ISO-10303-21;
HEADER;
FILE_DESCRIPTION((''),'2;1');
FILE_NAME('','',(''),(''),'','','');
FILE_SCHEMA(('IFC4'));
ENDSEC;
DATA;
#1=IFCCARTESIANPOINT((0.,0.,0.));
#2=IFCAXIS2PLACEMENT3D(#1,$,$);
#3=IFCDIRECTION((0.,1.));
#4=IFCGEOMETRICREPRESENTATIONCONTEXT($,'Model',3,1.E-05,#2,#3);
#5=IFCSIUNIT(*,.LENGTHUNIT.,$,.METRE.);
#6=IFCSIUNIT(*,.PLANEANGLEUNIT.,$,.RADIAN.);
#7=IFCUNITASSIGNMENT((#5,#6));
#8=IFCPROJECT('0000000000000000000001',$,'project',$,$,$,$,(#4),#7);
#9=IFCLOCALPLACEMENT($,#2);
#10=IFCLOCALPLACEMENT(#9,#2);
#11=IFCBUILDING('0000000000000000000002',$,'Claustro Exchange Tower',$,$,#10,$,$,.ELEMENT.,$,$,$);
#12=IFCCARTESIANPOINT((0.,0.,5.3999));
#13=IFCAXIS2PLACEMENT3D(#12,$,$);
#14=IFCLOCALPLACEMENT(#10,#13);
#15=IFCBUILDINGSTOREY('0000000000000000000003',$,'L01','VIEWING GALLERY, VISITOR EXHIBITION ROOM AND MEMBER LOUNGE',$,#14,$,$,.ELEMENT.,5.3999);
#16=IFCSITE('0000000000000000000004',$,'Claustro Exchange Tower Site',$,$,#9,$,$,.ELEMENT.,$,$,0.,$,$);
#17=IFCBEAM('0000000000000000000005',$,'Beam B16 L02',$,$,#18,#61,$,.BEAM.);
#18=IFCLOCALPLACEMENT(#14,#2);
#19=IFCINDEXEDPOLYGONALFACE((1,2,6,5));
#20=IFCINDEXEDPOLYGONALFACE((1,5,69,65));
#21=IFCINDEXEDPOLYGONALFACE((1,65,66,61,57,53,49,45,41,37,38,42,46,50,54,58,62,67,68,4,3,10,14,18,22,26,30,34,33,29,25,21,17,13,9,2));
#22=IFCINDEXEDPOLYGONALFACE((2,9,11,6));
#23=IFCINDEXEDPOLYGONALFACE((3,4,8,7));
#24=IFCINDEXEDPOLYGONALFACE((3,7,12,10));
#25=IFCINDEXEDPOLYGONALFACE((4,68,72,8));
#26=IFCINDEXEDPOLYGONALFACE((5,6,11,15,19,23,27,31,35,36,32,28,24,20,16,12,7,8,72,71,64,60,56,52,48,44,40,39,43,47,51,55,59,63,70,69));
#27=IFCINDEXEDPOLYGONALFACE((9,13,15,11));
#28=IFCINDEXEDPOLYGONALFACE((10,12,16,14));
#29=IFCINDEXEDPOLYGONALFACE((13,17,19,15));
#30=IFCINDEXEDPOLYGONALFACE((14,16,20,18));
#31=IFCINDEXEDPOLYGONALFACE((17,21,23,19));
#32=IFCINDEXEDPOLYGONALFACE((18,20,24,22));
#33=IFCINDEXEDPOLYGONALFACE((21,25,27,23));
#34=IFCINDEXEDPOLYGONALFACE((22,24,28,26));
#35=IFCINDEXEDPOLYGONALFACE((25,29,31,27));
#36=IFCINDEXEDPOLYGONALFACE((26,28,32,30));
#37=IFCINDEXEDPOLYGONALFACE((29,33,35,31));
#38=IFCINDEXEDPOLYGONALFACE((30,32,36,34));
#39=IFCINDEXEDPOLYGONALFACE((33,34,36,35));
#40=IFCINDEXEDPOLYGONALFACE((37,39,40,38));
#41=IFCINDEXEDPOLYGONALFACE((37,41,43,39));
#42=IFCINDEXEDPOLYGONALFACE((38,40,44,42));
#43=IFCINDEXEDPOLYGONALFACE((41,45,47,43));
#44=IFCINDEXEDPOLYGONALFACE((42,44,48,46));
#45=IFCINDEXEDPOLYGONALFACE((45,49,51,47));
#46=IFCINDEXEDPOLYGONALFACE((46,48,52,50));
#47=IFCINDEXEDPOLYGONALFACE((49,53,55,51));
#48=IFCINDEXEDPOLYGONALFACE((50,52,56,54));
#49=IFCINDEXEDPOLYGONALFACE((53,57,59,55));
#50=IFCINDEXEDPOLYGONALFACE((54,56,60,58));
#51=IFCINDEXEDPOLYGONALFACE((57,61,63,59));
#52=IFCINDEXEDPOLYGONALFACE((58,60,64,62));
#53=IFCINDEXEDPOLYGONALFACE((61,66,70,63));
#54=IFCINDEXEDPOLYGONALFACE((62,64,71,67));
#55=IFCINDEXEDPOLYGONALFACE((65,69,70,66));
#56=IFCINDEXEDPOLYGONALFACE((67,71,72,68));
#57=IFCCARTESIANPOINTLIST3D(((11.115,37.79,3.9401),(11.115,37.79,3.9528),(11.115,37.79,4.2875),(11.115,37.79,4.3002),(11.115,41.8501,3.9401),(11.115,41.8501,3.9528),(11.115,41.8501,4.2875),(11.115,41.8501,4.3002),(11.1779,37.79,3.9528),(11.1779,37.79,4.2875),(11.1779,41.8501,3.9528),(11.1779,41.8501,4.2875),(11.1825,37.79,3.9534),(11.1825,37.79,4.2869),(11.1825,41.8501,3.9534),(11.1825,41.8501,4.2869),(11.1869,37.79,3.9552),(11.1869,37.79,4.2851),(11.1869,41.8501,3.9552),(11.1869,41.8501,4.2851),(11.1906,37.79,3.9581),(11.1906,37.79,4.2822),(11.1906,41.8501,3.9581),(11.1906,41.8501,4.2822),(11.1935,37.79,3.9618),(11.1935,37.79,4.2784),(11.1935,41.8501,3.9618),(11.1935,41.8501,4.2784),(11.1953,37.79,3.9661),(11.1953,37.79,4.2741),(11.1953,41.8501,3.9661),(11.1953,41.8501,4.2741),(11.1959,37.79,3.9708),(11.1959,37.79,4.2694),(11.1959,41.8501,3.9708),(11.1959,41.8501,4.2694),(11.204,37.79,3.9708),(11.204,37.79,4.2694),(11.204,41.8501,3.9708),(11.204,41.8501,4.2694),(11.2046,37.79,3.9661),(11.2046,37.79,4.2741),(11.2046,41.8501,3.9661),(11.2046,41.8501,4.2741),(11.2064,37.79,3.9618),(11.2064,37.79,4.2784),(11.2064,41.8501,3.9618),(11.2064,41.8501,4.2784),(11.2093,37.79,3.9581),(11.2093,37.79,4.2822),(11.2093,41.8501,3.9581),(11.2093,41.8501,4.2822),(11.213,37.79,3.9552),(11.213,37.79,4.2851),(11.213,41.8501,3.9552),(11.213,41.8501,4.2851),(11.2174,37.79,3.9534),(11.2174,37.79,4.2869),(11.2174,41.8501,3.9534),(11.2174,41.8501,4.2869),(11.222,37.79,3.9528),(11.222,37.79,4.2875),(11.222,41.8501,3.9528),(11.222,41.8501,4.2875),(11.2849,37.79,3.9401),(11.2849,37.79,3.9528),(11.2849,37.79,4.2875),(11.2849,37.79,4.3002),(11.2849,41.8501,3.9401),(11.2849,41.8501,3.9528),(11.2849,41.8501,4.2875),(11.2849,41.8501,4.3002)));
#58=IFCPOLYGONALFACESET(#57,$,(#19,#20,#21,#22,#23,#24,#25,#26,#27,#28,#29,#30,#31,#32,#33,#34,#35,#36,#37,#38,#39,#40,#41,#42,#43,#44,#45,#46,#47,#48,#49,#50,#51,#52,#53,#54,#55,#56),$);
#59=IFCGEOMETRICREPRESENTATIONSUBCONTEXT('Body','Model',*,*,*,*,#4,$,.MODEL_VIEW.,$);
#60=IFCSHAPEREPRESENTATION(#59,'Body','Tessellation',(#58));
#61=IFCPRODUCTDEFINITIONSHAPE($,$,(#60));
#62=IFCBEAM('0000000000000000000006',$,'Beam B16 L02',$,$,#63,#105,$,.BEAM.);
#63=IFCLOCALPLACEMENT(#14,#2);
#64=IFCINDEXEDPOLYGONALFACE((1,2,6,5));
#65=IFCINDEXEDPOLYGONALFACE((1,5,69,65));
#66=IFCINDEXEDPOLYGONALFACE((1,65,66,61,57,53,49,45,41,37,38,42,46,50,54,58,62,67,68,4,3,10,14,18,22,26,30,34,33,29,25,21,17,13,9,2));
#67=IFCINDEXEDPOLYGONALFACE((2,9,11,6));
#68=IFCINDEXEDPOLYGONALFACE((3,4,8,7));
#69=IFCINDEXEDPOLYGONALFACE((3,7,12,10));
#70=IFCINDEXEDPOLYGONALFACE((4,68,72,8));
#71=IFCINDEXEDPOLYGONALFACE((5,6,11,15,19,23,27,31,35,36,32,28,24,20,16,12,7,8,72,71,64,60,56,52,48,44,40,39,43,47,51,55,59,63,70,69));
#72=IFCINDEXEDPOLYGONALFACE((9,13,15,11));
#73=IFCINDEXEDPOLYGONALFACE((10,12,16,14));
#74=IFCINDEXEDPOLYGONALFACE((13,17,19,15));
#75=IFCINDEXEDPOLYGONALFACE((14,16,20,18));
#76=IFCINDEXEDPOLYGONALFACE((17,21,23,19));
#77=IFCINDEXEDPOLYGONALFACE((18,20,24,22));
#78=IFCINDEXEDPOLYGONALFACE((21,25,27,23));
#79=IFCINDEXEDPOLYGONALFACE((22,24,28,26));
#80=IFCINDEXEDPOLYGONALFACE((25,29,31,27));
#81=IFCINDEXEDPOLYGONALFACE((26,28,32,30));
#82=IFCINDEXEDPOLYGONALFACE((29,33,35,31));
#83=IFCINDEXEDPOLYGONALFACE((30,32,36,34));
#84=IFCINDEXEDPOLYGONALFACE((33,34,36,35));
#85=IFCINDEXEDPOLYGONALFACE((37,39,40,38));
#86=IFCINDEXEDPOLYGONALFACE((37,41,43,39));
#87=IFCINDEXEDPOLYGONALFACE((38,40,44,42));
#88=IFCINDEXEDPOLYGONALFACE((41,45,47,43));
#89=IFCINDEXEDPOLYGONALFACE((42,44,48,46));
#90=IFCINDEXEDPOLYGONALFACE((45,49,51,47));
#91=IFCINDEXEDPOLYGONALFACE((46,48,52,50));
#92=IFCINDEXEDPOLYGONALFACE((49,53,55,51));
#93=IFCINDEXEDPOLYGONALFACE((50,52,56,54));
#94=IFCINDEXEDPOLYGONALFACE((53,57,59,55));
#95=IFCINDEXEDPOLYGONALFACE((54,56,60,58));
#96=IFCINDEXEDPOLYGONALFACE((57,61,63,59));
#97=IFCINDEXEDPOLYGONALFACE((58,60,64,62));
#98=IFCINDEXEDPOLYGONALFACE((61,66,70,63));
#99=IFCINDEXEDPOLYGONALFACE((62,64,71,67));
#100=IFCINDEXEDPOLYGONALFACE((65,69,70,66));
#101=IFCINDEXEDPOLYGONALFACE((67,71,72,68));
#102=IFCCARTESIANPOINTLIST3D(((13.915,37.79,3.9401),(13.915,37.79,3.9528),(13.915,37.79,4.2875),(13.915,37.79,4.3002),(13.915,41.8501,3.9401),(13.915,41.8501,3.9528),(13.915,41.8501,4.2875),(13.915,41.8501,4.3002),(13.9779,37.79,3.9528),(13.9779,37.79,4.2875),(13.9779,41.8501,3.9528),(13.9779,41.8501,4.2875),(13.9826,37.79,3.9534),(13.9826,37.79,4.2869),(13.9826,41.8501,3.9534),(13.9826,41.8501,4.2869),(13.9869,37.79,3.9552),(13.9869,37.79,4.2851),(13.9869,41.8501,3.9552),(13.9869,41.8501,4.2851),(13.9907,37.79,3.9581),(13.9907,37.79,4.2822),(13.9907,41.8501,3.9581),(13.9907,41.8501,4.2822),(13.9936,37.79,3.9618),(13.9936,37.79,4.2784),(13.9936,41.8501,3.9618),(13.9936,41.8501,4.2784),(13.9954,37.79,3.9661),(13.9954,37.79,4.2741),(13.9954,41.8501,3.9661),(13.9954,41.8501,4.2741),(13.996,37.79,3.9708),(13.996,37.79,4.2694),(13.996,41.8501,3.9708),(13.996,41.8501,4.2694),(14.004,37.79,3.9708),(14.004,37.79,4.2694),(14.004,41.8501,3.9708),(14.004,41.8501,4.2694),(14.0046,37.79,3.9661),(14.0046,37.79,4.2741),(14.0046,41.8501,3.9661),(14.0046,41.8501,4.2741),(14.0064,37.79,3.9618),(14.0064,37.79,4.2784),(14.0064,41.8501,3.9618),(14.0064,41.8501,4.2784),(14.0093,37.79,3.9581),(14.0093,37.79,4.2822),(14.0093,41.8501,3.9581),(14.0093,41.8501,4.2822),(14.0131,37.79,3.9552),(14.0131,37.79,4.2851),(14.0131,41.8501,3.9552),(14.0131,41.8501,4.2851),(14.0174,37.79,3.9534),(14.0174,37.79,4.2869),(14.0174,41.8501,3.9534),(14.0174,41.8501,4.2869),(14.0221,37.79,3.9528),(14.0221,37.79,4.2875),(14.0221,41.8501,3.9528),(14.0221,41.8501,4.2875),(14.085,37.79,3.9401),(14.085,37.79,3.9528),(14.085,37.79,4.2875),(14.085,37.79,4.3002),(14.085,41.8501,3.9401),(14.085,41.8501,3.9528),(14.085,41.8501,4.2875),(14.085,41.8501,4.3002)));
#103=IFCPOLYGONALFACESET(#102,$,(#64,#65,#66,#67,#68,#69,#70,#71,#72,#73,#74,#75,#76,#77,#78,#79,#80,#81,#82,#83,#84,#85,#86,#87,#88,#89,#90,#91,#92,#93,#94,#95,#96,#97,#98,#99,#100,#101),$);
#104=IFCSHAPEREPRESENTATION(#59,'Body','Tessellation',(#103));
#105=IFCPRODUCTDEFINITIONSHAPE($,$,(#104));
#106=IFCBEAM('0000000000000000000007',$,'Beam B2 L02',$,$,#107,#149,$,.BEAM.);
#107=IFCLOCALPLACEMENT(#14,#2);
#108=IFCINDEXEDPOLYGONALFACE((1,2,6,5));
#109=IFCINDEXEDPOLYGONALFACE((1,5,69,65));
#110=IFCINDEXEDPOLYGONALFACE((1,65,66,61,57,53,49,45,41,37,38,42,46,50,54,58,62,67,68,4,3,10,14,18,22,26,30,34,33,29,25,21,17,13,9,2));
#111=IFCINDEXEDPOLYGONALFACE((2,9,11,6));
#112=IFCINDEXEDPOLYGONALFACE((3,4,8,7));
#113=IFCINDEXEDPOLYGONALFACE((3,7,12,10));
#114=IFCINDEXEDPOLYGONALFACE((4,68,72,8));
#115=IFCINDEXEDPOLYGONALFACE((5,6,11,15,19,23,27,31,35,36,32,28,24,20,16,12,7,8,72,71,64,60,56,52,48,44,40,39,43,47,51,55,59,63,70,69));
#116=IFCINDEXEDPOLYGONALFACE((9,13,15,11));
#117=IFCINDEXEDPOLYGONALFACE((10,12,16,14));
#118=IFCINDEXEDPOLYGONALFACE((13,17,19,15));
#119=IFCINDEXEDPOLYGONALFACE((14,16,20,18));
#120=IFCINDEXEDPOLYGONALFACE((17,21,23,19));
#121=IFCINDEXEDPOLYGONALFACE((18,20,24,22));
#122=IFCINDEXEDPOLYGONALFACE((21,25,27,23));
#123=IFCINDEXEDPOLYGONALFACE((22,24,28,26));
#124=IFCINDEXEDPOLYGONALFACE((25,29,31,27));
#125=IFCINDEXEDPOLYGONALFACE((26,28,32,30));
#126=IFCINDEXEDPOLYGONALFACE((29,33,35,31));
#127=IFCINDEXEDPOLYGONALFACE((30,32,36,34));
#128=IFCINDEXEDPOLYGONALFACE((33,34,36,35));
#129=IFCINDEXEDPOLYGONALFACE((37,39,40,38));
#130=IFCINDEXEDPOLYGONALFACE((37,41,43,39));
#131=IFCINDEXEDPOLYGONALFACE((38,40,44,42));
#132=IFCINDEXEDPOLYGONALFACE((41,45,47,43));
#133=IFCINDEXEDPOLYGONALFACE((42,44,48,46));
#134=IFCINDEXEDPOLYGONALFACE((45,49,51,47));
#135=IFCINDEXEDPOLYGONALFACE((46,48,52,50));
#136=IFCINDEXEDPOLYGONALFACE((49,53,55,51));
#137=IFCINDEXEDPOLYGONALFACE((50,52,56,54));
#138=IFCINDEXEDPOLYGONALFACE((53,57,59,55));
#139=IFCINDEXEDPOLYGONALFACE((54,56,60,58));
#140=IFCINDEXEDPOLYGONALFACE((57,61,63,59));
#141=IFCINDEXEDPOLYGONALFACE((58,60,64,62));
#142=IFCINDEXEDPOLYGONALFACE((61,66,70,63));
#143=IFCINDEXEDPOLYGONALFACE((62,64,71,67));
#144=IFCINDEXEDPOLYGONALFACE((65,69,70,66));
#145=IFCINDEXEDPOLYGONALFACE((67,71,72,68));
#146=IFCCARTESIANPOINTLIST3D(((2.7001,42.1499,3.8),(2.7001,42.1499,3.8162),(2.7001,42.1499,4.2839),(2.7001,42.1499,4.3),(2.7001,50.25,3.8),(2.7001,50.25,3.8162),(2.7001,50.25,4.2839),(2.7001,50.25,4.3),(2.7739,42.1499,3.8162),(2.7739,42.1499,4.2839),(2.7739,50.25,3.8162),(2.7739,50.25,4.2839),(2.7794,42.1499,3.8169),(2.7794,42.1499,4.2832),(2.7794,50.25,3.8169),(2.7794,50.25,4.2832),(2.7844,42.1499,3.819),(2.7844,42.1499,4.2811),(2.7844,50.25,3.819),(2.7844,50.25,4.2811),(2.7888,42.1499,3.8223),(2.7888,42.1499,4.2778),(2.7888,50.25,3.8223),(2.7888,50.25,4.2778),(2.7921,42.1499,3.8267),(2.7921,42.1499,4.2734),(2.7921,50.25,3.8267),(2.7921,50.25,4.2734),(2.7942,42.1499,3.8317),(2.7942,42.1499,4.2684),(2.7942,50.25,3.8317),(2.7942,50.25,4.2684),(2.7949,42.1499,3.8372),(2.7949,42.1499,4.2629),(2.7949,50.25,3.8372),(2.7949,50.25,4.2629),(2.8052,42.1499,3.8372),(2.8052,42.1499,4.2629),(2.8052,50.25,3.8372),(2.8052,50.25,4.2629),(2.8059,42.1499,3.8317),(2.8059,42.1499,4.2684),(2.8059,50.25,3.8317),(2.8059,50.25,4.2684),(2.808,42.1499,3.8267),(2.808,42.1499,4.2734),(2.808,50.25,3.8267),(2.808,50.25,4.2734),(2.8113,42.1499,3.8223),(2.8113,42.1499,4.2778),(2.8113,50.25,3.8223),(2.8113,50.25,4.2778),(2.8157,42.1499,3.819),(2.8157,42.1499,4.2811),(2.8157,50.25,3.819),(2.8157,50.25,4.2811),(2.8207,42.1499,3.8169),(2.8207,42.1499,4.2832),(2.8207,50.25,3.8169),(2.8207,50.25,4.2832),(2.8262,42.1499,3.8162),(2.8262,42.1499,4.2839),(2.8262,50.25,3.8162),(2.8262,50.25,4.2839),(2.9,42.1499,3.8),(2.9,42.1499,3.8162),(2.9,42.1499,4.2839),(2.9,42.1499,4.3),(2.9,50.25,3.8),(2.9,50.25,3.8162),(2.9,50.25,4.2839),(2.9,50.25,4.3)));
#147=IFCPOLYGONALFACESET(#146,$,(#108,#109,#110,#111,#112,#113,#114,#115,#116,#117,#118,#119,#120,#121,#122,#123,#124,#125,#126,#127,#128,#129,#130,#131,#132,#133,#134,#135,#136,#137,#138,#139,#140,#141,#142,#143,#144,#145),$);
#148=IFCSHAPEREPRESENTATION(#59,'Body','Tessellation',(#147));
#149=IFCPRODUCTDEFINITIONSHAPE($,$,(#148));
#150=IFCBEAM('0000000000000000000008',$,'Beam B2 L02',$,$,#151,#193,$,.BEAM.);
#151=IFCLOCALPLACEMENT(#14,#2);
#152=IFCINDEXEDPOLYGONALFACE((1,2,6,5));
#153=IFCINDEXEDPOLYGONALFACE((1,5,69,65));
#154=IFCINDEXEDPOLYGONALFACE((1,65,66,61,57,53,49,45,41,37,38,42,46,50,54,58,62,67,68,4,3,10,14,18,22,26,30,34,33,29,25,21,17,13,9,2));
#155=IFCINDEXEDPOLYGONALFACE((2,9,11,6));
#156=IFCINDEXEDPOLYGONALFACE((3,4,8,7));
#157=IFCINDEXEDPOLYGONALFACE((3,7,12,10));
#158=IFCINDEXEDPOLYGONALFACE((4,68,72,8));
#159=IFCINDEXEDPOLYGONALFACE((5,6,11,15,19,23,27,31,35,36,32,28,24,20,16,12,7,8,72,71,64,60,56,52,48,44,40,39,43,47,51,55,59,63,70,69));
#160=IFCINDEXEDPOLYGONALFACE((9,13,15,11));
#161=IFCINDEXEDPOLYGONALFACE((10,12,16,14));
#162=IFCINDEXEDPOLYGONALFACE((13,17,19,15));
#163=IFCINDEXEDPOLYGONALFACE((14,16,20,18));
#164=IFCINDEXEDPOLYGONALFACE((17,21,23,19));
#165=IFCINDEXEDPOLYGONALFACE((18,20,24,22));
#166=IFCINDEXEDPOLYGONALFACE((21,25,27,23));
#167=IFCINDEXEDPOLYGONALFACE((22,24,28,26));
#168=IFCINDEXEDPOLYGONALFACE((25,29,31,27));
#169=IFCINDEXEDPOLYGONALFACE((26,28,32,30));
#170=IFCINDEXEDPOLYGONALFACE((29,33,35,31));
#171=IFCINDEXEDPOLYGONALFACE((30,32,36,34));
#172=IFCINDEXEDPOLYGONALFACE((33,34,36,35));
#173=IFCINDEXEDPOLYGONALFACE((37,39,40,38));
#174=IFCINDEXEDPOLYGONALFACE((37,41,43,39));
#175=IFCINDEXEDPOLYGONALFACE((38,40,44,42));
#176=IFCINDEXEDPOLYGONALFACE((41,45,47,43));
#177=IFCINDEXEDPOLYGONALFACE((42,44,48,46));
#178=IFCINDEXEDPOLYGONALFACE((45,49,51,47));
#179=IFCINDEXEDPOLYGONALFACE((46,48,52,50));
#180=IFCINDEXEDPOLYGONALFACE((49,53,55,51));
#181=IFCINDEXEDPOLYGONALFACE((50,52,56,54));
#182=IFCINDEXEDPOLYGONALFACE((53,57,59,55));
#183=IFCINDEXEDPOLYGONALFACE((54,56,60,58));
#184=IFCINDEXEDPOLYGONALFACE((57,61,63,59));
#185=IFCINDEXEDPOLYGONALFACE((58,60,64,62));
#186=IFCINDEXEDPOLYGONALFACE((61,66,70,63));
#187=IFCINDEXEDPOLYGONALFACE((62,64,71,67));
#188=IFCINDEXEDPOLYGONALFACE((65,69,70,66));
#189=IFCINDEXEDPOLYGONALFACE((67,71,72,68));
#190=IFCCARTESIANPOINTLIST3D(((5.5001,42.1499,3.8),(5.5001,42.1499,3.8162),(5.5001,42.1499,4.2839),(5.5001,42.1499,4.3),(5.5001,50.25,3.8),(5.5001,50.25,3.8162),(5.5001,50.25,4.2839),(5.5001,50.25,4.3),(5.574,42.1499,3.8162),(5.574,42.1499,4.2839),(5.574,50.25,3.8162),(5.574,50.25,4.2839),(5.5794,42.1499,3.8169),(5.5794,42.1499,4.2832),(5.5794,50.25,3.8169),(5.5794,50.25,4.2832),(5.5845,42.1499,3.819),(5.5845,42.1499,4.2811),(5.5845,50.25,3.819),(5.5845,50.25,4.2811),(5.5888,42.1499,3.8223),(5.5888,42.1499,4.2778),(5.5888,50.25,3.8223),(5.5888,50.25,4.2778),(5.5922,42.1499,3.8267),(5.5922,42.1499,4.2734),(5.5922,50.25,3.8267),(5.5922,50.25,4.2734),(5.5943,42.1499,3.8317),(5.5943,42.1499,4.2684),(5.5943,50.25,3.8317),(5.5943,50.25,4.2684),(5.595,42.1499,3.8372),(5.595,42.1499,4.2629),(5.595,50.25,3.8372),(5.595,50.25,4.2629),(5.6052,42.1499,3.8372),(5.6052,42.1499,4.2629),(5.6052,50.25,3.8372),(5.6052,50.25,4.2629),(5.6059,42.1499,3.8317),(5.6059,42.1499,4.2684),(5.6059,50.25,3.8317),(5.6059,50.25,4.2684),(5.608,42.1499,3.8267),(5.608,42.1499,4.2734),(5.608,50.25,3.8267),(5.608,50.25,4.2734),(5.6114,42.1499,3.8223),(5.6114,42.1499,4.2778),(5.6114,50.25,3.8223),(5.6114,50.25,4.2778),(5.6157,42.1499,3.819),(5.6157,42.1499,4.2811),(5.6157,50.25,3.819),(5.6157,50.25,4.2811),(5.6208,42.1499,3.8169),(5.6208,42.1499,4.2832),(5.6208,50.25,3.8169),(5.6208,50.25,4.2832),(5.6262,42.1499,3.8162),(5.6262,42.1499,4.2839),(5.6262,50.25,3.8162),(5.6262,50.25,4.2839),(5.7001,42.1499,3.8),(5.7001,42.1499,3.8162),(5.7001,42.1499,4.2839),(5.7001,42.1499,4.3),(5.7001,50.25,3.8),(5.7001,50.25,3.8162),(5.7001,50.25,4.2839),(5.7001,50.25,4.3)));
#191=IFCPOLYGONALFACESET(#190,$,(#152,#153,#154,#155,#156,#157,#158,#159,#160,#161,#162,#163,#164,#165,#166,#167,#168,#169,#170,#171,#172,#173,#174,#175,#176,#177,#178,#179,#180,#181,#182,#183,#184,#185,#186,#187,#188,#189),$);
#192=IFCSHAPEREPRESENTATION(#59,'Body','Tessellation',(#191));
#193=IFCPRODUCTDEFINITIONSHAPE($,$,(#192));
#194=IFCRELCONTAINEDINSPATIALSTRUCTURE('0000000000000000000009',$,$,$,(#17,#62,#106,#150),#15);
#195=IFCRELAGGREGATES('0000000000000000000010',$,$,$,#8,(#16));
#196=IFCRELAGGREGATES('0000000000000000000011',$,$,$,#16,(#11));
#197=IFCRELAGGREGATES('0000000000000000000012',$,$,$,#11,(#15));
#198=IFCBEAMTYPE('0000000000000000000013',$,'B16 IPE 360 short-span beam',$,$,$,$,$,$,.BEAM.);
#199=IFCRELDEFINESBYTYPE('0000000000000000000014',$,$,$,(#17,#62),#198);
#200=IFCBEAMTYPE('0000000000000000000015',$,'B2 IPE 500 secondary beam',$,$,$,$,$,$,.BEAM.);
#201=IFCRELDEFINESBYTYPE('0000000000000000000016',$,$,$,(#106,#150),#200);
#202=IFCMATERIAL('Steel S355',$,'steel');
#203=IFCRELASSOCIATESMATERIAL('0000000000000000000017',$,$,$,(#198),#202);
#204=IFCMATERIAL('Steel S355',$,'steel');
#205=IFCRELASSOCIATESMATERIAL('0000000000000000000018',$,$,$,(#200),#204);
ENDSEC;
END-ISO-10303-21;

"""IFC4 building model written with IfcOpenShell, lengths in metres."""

from ifc_helpers import new_model, si_unit, direction, frame, origin, origin_2d, place, context, subcontext, project, spatial, i_section, extrude, material, material_profile, profile_set, type_object, element, save


model = new_model("IFC4")

# Units and contexts
model_context = context("Model", 3, precision=1e-05, world=origin(), true_north=direction((0.0, 1.0)))
body_context = subcontext(model_context, "Body", "Model", "MODEL_VIEW")
ifc_project = project(units=[si_unit("LENGTHUNIT", "METRE"), si_unit("PLANEANGLEUNIT", "RADIAN")], contexts=[model_context])

# Site, building, storey
site_placement = place(None, origin())
site = spatial("IfcSite", under=ifc_project, at=site_placement, Name="Claustro Exchange Tower Site", CompositionType="ELEMENT", RefElevation=0.0)
building_placement = place(site_placement, origin())
building = spatial("IfcBuilding", under=site, at=building_placement, Name="Claustro Exchange Tower", CompositionType="ELEMENT")
storey_placement = place(building_placement, frame((0.0, 0.0, 5.3999)))
storey = spatial("IfcBuildingStorey", under=building, at=storey_placement, Name="L01", Description="VIEWING GALLERY, VISITOR EXHIBITION ROOM AND MEMBER LOUNGE", CompositionType="ELEMENT", Elevation=5.3999)

# Beams
ifc_material_1 = material(Name="Steel S355", Category="steel")
ifc_material_profile_1 = material_profile(ifc_material_1, i_section(OverallWidth=0.1699, OverallDepth=0.3601, WebThickness=0.0081, FlangeThickness=0.0127, FilletRadius=0.0181, at=origin_2d()), Name="IPE 360")
ifc_profile_set_1 = profile_set([ifc_material_profile_1], Name="Steel S355")
beam_type_1 = type_object("IfcBeamType", Name="B16 IPE 360 short-span beam", PredefinedType="BEAM", material=ifc_profile_set_1)
for number, where, z_axis, x_axis, name in (
    (1, (11.2, 37.79, 4.1201), (0.0, 1.0, 0.0), (-1.0, 0.0, 0.0), "Beam B16 L02"),
    (2, (14.0, 37.79, 4.1201), (0.0, 1.0, 0.0), (-1.0, 0.0, 0.0), "Beam B16 L02"),
):
    element("IfcBeam", number, at=place(storey_placement, frame(where, z_axis=z_axis, x_axis=x_axis)), inside=storey, type_object=beam_type_1, Name=name, PredefinedType="BEAM", context=body_context, shape_type="SweptSolid", body=[
        extrude(i_section(OverallWidth=0.1699, OverallDepth=0.3601, WebThickness=0.0081, FlangeThickness=0.0127, FilletRadius=0.0181, at=origin_2d()), origin(), (0.0, 0.0, 1.0), 4.0601),
    ])
ifc_material_2 = material(Name="Steel S355", Category="steel")
ifc_material_profile_2 = material_profile(ifc_material_2, i_section(OverallWidth=0.2, OverallDepth=0.5, WebThickness=0.0103, FlangeThickness=0.0161, FilletRadius=0.021, at=origin_2d()), Name="IPE 500")
ifc_profile_set_2 = profile_set([ifc_material_profile_2], Name="Steel S355")
beam_type_2 = type_object("IfcBeamType", Name="B2 IPE 500 secondary beam", PredefinedType="BEAM", material=ifc_profile_set_2)
for number, where, z_axis, x_axis, name in (
    (3, (2.8, 42.1499, 4.05), (0.0, 1.0, 0.0), (-1.0, 0.0, 0.0), "Beam B2 L02"),
    (4, (5.6001, 42.1499, 4.05), (0.0, 1.0, 0.0), (-1.0, 0.0, 0.0), "Beam B2 L02"),
):
    element("IfcBeam", number, at=place(storey_placement, frame(where, z_axis=z_axis, x_axis=x_axis)), inside=storey, type_object=beam_type_2, Name=name, PredefinedType="BEAM", context=body_context, shape_type="SweptSolid", body=[
        extrude(i_section(OverallWidth=0.2, OverallDepth=0.5, WebThickness=0.0103, FlangeThickness=0.0161, FilletRadius=0.021, at=origin_2d()), origin(), (0.0, 0.0, 1.0), 8.1001),
    ])

save(model, "model.ifc")
